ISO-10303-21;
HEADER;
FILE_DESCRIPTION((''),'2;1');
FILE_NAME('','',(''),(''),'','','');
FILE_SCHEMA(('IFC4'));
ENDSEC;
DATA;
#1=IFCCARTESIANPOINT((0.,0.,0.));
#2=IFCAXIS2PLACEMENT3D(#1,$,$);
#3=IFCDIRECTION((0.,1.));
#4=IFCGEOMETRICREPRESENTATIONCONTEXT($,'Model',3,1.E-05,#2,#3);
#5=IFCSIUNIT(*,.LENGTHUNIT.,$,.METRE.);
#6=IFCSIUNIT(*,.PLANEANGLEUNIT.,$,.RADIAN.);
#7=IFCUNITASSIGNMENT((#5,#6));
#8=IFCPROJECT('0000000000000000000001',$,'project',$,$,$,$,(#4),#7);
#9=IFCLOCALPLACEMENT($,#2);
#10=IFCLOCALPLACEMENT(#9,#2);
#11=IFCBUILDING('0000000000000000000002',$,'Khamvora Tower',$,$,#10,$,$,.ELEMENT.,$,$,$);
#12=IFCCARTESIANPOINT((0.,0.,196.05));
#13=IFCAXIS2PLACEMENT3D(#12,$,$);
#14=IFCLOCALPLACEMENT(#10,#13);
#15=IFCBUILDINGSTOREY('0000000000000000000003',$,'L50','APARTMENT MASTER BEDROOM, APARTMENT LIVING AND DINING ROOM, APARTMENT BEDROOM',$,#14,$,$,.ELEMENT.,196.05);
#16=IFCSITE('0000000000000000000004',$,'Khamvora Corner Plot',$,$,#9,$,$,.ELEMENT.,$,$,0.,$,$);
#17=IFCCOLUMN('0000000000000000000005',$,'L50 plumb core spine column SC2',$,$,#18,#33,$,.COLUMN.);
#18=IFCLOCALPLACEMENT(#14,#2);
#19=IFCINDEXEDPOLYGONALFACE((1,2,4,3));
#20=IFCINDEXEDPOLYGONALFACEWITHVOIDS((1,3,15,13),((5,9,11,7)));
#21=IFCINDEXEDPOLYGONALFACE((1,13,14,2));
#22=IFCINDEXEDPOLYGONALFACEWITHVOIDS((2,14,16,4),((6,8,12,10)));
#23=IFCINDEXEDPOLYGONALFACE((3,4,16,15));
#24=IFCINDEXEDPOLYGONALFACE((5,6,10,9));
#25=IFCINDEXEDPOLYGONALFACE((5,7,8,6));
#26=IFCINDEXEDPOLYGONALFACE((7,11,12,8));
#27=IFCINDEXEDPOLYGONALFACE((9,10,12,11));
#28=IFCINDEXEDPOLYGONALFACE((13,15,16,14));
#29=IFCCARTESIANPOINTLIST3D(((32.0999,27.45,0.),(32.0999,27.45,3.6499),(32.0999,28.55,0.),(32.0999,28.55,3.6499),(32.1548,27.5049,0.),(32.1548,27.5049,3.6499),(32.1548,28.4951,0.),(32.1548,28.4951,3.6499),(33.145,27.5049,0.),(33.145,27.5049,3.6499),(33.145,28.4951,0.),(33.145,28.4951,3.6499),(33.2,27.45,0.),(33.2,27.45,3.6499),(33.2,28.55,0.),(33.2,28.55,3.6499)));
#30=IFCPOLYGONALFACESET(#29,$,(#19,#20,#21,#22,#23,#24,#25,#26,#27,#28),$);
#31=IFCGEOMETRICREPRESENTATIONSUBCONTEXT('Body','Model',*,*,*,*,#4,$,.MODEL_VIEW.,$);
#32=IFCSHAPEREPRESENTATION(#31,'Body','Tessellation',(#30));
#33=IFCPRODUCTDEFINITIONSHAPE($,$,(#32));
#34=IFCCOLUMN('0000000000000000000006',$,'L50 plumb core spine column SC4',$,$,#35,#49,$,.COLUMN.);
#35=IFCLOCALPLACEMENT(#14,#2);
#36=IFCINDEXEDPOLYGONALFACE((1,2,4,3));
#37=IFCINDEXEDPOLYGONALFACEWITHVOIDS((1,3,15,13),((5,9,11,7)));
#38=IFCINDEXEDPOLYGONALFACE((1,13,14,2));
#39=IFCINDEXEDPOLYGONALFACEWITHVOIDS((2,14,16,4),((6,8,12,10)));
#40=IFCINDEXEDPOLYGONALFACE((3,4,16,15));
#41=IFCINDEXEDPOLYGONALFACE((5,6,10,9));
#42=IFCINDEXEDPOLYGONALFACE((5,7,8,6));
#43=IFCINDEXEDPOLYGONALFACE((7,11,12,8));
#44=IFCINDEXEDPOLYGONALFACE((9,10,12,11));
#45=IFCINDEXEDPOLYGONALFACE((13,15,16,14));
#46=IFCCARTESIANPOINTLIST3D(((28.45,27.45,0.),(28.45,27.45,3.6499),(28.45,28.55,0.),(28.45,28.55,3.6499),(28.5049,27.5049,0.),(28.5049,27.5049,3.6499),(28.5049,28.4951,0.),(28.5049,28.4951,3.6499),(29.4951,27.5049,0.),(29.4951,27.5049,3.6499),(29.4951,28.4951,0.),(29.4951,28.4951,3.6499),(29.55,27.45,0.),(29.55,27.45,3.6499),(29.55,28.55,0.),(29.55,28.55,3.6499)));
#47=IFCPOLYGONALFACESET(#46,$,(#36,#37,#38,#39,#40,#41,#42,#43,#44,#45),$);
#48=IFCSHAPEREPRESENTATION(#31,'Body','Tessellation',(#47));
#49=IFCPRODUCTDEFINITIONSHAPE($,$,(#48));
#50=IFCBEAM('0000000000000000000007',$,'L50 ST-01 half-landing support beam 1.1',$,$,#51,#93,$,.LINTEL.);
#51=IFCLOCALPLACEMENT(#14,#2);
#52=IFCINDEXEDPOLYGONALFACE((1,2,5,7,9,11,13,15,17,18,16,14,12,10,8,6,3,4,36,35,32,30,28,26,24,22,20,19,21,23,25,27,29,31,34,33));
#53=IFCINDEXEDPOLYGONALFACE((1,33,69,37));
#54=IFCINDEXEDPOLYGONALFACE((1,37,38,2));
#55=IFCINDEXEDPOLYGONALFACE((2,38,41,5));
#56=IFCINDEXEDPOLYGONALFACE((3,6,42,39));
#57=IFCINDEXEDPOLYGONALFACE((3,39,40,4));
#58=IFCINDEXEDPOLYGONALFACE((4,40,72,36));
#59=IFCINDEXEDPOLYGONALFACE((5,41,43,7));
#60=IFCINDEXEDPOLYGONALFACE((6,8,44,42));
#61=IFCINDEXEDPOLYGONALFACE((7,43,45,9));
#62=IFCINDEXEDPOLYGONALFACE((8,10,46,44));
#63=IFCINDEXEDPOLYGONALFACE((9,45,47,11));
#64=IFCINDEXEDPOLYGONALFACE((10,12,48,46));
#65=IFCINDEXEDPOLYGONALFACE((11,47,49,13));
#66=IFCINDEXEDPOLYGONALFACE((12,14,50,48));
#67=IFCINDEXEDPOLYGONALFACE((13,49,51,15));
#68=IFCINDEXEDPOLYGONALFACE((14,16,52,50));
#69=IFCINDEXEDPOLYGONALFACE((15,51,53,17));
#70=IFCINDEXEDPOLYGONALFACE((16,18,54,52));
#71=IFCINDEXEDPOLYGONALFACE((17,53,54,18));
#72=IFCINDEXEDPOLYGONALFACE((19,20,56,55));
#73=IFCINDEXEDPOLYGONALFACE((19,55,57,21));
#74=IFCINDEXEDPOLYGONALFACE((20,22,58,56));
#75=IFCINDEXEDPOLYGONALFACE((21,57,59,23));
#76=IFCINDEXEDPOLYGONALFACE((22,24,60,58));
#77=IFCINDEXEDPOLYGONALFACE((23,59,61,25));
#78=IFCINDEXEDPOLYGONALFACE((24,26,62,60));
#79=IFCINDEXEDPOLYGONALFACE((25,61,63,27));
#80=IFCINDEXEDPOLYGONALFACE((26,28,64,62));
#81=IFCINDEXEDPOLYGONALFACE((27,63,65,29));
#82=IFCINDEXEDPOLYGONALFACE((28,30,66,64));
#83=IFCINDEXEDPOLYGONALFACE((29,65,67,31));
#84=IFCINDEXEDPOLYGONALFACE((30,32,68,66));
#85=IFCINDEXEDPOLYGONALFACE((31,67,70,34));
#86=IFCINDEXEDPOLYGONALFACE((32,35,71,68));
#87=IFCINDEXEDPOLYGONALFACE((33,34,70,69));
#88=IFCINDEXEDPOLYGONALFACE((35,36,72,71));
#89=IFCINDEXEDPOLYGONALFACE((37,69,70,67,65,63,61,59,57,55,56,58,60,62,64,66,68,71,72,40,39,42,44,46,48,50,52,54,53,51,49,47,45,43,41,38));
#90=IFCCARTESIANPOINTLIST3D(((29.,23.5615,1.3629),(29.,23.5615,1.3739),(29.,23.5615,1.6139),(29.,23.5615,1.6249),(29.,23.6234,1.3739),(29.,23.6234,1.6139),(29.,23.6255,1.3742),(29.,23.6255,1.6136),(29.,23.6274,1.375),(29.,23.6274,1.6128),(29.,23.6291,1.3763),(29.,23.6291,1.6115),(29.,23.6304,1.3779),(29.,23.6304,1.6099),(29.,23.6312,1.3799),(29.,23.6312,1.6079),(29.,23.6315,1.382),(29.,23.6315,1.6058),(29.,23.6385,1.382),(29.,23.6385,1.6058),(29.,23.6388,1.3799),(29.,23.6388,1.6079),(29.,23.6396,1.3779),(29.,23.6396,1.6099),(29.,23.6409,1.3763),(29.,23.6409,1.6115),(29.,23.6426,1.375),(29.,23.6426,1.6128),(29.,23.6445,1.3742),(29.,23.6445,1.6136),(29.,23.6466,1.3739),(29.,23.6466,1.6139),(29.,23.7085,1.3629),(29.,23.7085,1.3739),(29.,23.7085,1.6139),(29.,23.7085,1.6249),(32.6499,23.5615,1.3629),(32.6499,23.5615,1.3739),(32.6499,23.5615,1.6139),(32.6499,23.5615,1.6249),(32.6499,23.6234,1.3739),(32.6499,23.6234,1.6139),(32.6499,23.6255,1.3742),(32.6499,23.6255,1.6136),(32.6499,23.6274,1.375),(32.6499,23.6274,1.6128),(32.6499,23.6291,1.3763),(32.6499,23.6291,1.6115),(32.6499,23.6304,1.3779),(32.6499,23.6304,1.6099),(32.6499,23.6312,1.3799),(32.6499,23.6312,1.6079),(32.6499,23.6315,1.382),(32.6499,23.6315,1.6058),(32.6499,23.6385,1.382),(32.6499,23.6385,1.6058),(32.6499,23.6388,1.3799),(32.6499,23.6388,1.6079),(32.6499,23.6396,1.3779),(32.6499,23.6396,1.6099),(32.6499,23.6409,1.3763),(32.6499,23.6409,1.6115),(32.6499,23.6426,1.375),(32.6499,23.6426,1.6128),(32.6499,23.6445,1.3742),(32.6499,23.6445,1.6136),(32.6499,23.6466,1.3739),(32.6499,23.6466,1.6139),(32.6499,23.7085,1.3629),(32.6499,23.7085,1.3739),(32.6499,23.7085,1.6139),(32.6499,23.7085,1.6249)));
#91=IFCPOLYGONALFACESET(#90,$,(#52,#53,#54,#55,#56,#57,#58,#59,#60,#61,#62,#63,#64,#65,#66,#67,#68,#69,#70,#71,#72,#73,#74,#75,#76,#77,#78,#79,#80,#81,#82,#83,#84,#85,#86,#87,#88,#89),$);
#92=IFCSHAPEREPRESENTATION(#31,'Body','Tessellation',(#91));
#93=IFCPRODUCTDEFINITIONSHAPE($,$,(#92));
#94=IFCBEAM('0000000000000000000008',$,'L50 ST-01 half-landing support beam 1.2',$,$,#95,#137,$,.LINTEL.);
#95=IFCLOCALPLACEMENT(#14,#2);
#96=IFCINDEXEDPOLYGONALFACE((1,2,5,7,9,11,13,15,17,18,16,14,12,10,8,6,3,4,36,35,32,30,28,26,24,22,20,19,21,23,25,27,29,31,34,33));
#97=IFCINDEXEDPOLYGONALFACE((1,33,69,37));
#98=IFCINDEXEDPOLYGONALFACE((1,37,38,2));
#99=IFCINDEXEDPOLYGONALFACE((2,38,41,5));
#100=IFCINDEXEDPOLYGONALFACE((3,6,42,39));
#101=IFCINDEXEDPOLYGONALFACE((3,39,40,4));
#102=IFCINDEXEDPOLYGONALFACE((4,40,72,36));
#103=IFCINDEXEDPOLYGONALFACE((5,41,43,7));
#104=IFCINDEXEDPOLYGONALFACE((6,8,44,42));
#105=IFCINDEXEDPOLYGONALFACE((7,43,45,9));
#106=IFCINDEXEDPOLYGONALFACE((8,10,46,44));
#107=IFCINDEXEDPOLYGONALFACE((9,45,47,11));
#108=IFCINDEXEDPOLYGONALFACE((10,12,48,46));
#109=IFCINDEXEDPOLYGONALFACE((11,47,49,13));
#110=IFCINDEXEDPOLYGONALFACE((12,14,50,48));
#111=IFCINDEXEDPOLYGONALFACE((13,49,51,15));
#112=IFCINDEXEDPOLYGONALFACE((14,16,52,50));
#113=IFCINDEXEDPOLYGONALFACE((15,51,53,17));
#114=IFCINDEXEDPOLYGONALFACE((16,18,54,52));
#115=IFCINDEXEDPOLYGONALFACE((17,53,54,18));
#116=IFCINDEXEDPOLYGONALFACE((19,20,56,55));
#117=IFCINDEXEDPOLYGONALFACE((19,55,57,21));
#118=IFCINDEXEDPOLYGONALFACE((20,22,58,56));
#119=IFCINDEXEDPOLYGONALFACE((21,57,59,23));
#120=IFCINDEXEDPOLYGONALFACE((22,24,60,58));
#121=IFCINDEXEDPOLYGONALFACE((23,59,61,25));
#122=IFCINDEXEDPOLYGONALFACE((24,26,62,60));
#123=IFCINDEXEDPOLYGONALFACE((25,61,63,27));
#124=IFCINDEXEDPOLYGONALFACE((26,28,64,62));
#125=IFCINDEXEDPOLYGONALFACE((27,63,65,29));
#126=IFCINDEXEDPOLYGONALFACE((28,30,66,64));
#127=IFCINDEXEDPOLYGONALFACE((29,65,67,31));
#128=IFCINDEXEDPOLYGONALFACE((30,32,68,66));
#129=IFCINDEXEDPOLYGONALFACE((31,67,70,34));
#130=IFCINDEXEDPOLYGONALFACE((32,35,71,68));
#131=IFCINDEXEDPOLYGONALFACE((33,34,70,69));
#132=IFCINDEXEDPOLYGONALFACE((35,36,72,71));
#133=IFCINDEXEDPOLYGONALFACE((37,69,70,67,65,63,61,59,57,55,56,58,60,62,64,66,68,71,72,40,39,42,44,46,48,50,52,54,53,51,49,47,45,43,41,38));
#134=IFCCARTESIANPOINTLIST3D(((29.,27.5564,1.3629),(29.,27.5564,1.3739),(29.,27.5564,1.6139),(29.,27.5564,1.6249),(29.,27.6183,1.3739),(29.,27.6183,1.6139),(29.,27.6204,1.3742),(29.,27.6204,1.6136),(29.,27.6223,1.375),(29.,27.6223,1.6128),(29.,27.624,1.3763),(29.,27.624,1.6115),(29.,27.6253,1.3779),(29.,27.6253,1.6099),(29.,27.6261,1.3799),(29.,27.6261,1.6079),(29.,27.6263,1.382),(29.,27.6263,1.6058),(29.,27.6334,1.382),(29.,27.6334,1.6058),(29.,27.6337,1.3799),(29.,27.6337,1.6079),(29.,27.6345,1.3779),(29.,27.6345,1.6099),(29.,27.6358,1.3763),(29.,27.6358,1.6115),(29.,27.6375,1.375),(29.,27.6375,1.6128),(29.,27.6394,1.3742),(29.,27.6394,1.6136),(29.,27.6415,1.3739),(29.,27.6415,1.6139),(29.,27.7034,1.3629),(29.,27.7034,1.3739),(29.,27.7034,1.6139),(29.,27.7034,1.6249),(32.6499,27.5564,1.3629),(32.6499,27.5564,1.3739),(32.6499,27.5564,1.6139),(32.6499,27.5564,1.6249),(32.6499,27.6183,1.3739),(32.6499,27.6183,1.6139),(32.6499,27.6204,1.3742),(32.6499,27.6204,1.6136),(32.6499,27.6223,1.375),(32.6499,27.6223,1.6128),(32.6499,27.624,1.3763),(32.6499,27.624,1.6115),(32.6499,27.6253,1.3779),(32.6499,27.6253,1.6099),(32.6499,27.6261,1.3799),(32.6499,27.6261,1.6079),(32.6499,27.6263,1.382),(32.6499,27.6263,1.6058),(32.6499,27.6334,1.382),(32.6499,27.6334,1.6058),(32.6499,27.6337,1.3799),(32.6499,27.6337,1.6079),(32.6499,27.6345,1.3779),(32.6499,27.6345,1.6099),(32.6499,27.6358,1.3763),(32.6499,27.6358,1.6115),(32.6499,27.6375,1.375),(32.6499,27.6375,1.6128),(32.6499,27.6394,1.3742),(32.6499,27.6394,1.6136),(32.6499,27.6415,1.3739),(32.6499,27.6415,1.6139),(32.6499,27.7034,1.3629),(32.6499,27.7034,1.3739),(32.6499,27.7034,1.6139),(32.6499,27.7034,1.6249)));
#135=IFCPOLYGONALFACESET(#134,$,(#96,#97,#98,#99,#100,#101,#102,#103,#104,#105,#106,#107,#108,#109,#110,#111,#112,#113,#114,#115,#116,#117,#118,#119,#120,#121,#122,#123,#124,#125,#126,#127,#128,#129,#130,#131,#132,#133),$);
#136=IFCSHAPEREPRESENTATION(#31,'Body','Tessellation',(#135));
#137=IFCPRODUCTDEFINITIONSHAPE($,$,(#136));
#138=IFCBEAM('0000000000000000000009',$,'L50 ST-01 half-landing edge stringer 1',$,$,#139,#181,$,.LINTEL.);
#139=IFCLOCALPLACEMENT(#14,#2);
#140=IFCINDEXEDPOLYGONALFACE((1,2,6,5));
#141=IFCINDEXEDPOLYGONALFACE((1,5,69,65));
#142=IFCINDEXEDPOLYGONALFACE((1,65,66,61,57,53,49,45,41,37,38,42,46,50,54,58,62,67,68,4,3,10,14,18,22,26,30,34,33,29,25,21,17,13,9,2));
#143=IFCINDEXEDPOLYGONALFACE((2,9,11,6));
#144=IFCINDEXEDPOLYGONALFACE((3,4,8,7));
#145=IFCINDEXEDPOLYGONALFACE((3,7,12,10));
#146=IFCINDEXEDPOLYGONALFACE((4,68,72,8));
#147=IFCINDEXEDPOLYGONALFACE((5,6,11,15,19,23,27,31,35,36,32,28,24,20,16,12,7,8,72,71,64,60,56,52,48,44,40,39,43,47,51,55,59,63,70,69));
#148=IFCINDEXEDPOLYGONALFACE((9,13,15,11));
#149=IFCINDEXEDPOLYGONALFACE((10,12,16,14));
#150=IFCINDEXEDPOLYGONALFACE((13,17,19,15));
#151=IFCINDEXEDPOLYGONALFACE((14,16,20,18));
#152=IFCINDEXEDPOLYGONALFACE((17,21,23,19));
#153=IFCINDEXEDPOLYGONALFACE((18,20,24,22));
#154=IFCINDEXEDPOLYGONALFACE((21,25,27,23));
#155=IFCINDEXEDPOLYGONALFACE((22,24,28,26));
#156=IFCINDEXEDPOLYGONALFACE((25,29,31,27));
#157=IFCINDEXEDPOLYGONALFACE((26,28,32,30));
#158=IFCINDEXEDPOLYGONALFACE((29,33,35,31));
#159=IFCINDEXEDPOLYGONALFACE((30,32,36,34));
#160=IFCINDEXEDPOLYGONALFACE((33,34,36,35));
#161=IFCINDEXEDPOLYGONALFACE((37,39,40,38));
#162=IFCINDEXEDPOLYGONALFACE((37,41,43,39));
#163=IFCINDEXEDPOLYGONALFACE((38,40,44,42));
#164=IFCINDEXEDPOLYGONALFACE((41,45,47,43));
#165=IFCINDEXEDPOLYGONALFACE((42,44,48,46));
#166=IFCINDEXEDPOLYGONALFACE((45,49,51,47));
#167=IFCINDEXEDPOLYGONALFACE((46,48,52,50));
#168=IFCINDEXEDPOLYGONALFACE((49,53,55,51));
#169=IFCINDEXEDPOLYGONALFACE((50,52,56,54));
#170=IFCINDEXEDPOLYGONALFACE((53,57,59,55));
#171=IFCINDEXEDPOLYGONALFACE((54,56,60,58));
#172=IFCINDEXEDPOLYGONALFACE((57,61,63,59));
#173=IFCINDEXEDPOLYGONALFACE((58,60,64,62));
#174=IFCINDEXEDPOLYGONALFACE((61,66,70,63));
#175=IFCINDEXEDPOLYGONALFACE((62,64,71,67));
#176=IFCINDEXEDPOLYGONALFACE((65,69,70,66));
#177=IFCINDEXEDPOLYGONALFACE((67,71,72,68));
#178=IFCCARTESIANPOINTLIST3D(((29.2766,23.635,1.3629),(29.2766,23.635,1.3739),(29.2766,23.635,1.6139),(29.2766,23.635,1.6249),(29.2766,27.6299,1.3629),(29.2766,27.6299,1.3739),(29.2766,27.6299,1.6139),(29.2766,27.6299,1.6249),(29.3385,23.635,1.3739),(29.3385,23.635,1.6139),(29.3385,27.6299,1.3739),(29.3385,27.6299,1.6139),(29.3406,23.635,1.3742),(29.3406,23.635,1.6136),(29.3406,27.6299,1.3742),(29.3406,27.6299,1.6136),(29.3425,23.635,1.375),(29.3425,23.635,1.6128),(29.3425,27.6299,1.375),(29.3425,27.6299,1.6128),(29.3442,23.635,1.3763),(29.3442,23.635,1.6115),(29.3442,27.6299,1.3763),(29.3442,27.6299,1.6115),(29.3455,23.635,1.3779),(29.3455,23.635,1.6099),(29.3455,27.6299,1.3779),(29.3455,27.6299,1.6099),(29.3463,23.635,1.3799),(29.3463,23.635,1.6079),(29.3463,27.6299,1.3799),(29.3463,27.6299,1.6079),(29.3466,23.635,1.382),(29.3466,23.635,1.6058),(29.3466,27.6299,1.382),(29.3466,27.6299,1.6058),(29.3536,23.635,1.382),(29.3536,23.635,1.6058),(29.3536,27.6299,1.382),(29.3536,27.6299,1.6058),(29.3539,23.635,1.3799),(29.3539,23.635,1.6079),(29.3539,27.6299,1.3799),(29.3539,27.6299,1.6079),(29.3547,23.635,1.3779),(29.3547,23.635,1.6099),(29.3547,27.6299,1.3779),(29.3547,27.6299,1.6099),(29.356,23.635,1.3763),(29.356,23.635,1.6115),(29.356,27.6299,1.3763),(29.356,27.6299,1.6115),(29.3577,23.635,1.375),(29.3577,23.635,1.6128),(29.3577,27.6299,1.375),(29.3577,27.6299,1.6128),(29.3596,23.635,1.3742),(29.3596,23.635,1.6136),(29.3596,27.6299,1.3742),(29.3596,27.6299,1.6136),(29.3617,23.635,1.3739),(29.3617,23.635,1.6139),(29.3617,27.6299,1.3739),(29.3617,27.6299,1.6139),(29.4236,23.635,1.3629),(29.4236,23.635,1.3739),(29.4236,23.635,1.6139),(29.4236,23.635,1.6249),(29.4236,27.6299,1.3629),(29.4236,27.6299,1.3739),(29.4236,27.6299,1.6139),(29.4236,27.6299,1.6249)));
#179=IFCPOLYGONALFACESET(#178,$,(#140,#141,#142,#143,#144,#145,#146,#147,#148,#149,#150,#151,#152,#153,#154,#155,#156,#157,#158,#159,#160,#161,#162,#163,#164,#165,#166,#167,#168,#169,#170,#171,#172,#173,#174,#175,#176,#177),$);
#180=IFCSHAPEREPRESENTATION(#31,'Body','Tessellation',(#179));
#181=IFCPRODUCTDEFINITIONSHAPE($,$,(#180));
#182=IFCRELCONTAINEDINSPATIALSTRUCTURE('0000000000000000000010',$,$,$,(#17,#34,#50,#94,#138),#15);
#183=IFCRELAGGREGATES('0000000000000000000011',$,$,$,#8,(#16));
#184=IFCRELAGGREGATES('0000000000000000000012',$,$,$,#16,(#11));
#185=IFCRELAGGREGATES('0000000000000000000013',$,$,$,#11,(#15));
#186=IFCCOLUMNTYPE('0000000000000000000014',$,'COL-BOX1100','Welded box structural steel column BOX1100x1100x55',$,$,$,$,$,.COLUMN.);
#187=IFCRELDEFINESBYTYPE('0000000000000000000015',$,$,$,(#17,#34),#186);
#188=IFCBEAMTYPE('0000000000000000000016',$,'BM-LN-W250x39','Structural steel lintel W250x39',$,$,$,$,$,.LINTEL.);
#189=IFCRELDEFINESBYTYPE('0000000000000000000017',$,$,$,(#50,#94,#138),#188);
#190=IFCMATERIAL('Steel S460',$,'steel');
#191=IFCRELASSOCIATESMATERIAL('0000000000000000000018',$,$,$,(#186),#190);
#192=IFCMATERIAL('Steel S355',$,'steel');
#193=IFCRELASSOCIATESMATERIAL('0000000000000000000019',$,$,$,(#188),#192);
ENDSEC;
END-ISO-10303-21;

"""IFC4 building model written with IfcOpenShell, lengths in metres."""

from ifc_helpers import new_model, si_unit, direction, frame, origin, origin_2d, place, context, subcontext, project, spatial, hollow_rectangle, i_section, extrude, material, material_profile, profile_set, type_object, element, save


model = new_model("IFC4")

# Units and contexts
model_context = context("Model", 3, precision=1e-05, world=origin(), true_north=direction((0.0, 1.0)))
body_context = subcontext(model_context, "Body", "Model", "MODEL_VIEW")
ifc_project = project(units=[si_unit("LENGTHUNIT", "METRE"), si_unit("PLANEANGLEUNIT", "RADIAN")], contexts=[model_context])

# Site, building, storey
site_placement = place(None, origin())
site = spatial("IfcSite", under=ifc_project, at=site_placement, Name="Khamvora Corner Plot", CompositionType="ELEMENT", RefElevation=0.0)
building_placement = place(site_placement, origin())
building = spatial("IfcBuilding", under=site, at=building_placement, Name="Khamvora Tower", CompositionType="ELEMENT")
storey_placement = place(building_placement, frame((0.0, 0.0, 196.05)))
storey = spatial("IfcBuildingStorey", under=building, at=storey_placement, Name="L50", Description="APARTMENT MASTER BEDROOM, APARTMENT LIVING AND DINING ROOM, APARTMENT BEDROOM", CompositionType="ELEMENT", Elevation=196.05)

# Columns
ifc_material_1 = material(Name="Steel S460", Category="steel")
ifc_material_profile_1 = material_profile(ifc_material_1, hollow_rectangle(XDim=1.1001, YDim=1.1001, WallThickness=0.0549, at=origin_2d()), Name="BOX1100x1100x55")
ifc_profile_set_1 = profile_set([ifc_material_profile_1], Name="Steel S460")
column_type = type_object("IfcColumnType", Name="COL-BOX1100", Description="Welded box structural steel column BOX1100x1100x55", PredefinedType="COLUMN", material=ifc_profile_set_1)
for number, where, z_axis, x_axis, name in (
    (1, (32.6499, 28.0, 0.0), (0.0, 0.0, 1.0), (1.0, 0.0, 0.0), "L50 plumb core spine column SC2"),
    (2, (29.0, 28.0, 0.0), (0.0, 0.0, 1.0), (1.0, 0.0, 0.0), "L50 plumb core spine column SC4"),
):
    element("IfcColumn", number, at=place(storey_placement, frame(where, z_axis=z_axis, x_axis=x_axis)), inside=storey, type_object=column_type, Name=name, PredefinedType="COLUMN", context=body_context, shape_type="SweptSolid", body=[
        extrude(hollow_rectangle(XDim=1.1001, YDim=1.1001, WallThickness=0.0549, at=origin_2d()), origin(), (0.0, 0.0, 1.0), 3.6499),
    ])

# Beams
ifc_material_2 = material(Name="Steel S355", Category="steel")
ifc_material_profile_2 = material_profile(ifc_material_2, i_section(OverallWidth=0.147, OverallDepth=0.262, WebThickness=0.0071, FlangeThickness=0.011, FilletRadius=0.0081, at=origin_2d()), Name="W250x39")
ifc_profile_set_2 = profile_set([ifc_material_profile_2], Name="Steel S355")
beam_type_1 = type_object("IfcBeamType", Name="BM-LN-W250x39", Description="Structural steel lintel W250x39", PredefinedType="LINTEL", material=ifc_profile_set_2)
for number, where, z_axis, x_axis, name in (
    (3, (29.0, 23.635, 1.4939), (1.0, 0.0, 0.0), (0.0, 1.0, 0.0), "L50 ST-01 half-landing support beam 1.1"),
    (4, (29.0, 27.6299, 1.4939), (1.0, 0.0, 0.0), (0.0, 1.0, 0.0), "L50 ST-01 half-landing support beam 1.2"),
):
    element("IfcBeam", number, at=place(storey_placement, frame(where, z_axis=z_axis, x_axis=x_axis)), inside=storey, type_object=beam_type_1, Name=name, PredefinedType="LINTEL", context=body_context, shape_type="SweptSolid", body=[
        extrude(i_section(OverallWidth=0.147, OverallDepth=0.262, WebThickness=0.0071, FlangeThickness=0.011, FilletRadius=0.0081, at=origin_2d()), origin(), (0.0, 0.0, 1.0), 3.6499),
    ])
beam_1_placement = place(storey_placement, frame((29.3501, 23.635, 1.4939), z_axis=(0.0, 1.0, 0.0), x_axis=(-1.0, 0.0, 0.0)))
element("IfcBeam", 5, at=beam_1_placement, inside=storey, type_object=beam_type_1, Name="L50 ST-01 half-landing edge stringer 1", PredefinedType="LINTEL", context=body_context, shape_type="SweptSolid", body=[
    extrude(i_section(OverallWidth=0.147, OverallDepth=0.262, WebThickness=0.0071, FlangeThickness=0.011, FilletRadius=0.0081, at=origin_2d()), origin(), (0.0, 0.0, 1.0), 3.9949),
])

save(model, "model.ifc")
